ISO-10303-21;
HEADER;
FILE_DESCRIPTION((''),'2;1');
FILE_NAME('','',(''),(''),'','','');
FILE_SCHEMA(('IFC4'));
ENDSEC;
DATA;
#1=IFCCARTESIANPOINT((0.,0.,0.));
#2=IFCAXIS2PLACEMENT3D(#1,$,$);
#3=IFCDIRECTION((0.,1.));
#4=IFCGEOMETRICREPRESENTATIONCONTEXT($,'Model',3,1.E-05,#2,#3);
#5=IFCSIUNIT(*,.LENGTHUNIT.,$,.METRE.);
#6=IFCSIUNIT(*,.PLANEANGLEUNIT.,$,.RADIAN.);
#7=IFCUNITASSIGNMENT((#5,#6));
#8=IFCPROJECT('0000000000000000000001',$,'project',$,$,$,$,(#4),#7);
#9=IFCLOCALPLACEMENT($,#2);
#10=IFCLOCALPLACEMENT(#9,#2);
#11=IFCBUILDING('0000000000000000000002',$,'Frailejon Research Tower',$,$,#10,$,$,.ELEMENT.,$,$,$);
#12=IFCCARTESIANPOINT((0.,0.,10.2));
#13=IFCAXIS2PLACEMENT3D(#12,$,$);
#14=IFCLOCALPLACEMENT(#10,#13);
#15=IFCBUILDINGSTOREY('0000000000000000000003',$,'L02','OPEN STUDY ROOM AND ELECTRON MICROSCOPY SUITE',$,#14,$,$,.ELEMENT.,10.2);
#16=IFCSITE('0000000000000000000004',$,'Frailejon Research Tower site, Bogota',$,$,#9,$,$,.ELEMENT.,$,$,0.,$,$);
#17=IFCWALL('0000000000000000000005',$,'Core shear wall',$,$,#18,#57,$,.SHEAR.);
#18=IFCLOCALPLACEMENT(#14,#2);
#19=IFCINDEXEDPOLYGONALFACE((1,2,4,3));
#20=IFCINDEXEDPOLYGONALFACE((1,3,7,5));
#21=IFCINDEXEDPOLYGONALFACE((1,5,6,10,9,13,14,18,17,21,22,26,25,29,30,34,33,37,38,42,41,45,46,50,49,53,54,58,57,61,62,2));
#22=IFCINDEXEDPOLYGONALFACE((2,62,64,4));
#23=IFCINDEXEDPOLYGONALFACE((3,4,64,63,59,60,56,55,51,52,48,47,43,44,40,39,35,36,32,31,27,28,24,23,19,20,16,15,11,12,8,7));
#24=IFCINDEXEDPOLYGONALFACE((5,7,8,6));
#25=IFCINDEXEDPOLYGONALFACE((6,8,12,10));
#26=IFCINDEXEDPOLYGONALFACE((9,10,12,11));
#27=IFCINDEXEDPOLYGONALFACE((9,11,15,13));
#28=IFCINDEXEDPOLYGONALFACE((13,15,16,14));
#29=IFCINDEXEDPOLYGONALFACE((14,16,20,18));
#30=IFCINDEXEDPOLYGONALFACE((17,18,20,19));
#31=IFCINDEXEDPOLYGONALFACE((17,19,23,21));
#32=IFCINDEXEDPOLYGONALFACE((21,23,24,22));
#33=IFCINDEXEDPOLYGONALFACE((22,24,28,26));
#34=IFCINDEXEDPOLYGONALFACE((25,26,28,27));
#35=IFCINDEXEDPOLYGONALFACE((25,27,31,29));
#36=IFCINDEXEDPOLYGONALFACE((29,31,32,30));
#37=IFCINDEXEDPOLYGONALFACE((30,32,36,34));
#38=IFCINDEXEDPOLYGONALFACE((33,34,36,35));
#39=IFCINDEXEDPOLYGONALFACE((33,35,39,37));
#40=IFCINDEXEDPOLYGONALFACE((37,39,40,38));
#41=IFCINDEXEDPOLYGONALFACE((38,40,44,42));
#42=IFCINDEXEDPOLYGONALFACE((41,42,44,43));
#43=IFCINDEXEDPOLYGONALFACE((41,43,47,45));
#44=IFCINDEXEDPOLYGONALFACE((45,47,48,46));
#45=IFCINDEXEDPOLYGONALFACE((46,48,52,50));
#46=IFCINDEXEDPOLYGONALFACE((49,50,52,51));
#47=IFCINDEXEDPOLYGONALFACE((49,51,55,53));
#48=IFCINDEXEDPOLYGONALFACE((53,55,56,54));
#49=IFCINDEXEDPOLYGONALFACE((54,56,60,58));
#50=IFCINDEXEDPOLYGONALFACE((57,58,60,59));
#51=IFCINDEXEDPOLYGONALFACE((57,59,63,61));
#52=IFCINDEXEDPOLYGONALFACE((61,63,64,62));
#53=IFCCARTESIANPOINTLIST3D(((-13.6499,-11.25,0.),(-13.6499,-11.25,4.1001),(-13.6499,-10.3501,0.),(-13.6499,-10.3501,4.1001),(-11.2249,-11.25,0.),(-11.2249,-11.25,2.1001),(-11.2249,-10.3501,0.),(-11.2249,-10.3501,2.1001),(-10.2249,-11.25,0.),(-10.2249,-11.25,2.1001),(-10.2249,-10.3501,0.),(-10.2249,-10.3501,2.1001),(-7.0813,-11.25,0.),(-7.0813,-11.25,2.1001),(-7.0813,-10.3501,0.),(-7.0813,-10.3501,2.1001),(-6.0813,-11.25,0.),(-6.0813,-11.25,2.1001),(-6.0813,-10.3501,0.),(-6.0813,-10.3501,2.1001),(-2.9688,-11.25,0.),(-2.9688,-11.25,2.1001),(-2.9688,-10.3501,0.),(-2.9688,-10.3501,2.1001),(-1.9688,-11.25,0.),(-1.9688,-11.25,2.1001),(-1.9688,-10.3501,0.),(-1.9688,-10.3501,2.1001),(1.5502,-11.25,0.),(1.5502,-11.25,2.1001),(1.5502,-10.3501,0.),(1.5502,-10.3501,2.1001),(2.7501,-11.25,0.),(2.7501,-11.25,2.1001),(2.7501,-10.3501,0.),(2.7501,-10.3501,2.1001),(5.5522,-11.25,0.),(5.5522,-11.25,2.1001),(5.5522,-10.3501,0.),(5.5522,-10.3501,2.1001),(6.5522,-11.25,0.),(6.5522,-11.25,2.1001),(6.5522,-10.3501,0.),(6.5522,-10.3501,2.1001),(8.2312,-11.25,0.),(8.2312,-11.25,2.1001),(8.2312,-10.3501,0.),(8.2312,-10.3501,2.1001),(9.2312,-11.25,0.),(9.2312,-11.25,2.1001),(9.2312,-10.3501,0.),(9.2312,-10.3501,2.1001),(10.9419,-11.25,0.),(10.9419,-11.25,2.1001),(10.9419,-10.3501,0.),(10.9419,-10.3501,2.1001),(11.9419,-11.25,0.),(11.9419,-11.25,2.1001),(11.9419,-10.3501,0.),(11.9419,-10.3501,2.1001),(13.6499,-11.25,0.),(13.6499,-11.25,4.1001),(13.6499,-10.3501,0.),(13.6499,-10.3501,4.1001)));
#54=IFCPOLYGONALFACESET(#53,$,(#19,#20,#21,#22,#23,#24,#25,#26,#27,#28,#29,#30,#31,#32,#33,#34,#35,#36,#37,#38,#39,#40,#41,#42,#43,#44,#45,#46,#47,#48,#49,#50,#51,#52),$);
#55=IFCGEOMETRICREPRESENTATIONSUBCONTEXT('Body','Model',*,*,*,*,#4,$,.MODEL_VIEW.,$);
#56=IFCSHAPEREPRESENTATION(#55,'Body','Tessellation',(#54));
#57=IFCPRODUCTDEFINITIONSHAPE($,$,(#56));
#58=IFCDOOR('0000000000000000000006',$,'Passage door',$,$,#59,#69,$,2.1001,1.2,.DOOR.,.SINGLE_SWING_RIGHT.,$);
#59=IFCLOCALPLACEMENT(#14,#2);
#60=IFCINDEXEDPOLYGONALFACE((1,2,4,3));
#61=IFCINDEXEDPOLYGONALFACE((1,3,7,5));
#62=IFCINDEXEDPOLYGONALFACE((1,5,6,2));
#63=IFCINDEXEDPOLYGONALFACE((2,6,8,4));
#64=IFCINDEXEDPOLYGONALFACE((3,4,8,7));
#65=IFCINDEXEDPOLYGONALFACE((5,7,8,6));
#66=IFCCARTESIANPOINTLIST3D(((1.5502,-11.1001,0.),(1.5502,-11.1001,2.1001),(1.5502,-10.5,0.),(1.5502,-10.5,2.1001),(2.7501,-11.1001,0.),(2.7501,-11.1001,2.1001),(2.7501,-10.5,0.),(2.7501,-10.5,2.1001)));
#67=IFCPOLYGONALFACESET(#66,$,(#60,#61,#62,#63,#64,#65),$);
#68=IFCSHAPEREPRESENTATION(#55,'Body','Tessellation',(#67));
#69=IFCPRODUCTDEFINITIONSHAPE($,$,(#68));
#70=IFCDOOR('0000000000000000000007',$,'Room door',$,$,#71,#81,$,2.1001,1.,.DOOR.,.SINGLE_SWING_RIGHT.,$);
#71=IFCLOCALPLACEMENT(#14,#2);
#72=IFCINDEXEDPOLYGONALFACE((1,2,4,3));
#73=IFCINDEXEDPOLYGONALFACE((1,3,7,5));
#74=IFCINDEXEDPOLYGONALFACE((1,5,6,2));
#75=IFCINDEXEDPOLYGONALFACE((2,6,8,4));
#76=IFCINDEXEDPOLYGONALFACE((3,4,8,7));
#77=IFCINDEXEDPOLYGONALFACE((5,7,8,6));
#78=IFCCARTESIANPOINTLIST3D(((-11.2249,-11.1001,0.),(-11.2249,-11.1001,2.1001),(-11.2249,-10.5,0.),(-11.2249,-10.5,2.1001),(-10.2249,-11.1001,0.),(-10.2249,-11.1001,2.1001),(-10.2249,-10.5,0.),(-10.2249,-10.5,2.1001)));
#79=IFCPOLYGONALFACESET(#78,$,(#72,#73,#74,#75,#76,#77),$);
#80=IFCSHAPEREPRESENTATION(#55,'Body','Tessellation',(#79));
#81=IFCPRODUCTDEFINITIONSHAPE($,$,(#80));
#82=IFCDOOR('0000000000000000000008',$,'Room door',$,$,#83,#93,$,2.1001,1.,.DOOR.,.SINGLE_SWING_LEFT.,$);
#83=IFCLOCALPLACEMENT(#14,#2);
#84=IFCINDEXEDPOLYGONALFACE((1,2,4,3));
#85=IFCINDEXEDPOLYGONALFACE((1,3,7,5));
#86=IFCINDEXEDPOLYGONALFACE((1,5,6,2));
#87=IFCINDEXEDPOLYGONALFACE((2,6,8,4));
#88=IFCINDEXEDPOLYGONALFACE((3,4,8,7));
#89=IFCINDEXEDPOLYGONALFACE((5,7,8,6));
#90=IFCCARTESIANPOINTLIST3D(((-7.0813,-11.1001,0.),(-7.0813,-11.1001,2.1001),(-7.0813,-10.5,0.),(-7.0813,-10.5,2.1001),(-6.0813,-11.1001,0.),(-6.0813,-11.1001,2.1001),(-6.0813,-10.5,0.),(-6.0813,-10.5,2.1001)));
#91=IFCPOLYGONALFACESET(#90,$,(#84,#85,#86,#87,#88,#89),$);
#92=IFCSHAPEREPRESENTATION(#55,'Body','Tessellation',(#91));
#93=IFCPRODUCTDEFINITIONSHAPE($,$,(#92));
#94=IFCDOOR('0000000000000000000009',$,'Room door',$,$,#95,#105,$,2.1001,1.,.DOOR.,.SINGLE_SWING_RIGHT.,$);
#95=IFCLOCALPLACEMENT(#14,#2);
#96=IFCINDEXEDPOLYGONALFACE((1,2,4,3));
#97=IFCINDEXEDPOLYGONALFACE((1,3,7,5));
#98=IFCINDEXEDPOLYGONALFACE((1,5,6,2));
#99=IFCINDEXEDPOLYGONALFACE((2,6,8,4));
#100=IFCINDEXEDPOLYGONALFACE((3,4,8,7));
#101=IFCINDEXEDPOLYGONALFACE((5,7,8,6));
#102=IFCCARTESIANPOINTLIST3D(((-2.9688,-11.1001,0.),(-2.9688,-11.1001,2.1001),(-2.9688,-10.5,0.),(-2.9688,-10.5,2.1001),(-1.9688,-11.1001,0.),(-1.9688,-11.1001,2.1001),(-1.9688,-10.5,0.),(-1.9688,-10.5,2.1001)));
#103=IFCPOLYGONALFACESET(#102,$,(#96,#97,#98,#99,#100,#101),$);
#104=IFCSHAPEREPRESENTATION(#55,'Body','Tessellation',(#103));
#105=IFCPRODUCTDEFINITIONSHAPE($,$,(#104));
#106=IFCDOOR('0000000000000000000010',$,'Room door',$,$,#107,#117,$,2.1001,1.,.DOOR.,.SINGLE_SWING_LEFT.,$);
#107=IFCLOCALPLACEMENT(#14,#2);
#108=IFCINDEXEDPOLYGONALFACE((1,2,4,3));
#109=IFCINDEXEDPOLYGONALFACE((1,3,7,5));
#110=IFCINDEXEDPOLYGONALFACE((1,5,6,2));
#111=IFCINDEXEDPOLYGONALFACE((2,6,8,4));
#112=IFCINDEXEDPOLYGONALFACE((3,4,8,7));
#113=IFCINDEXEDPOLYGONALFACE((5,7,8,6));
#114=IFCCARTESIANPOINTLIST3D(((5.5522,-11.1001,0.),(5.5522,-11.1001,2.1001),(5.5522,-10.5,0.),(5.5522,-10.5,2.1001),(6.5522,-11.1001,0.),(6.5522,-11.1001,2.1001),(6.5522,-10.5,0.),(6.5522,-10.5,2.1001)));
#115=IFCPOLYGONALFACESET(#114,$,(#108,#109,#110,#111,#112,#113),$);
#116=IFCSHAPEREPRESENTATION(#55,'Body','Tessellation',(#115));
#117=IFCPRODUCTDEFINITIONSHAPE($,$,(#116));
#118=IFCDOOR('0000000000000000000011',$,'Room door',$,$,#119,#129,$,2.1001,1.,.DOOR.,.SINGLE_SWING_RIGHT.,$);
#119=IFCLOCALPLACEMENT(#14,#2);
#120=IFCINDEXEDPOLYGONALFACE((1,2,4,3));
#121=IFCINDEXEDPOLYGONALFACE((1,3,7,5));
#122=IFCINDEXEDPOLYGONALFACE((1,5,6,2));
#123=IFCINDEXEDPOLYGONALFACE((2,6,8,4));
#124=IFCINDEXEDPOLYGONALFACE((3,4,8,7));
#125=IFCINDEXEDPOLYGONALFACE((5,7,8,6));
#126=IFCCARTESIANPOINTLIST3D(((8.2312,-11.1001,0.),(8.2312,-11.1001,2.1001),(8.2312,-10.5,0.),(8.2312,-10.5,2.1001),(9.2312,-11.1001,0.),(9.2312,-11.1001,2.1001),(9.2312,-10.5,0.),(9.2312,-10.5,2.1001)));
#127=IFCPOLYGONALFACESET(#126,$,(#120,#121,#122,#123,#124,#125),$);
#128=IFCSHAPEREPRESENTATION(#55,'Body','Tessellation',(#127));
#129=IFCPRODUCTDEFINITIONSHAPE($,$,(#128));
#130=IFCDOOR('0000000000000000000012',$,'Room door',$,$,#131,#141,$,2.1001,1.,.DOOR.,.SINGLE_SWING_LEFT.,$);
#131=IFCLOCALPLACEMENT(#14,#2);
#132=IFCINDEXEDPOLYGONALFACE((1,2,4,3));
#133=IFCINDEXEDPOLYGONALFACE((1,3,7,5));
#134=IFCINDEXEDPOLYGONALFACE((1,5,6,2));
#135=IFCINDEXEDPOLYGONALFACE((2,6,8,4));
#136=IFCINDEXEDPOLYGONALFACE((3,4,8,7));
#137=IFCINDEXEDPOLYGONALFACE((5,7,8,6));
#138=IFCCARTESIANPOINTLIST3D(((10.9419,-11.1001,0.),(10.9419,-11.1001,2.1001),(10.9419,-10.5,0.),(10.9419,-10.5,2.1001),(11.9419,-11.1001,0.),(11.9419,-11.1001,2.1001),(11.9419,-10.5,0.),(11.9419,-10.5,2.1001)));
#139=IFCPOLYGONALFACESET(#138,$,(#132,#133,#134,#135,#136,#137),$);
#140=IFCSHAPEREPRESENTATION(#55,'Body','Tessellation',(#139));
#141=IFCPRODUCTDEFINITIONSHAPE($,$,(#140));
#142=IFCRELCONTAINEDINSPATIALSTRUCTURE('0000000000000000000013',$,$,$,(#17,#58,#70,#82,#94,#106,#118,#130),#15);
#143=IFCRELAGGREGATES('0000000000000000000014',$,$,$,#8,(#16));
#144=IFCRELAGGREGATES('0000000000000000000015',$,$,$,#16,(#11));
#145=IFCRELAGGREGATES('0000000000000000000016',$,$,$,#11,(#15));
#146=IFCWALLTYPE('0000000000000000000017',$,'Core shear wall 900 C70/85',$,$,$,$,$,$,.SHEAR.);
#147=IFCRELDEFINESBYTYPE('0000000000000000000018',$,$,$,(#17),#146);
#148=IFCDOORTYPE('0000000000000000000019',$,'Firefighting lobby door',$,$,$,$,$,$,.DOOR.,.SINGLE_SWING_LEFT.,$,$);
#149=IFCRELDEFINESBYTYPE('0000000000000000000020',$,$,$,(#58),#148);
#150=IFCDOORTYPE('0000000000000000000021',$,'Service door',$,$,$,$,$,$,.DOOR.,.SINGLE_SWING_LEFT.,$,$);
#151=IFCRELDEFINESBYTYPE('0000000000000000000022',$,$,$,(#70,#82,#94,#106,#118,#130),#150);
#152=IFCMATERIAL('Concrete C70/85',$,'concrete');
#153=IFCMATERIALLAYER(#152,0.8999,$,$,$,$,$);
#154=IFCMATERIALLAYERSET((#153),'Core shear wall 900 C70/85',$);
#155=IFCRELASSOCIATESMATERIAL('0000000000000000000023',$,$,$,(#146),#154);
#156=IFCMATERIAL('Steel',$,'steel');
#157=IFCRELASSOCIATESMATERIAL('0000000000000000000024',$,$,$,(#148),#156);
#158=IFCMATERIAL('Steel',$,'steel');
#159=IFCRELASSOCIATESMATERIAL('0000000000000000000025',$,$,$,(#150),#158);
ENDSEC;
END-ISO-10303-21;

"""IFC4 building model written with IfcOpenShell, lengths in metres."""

from ifc_helpers import new_model, si_unit, direction, frame, frame_2d, origin, place, context, subcontext, project, spatial, rectangle, extrude, material, layer, layer_set, type_object, element, fill, save


model = new_model("IFC4")

# Units and contexts
model_context = context("Model", 3, precision=1e-05, world=origin(), true_north=direction((0.0, 1.0)))
body_context = subcontext(model_context, "Body", "Model", "MODEL_VIEW")
ifc_project = project(units=[si_unit("LENGTHUNIT", "METRE"), si_unit("PLANEANGLEUNIT", "RADIAN")], contexts=[model_context])

# Site, building, storey
site_placement = place(None, origin())
site = spatial("IfcSite", under=ifc_project, at=site_placement, Name="Frailejon Research Tower site, Bogota", CompositionType="ELEMENT", RefElevation=0.0)
building_placement = place(site_placement, origin())
building = spatial("IfcBuilding", under=site, at=building_placement, Name="Frailejon Research Tower", CompositionType="ELEMENT")
storey_placement = place(building_placement, frame((0.0, 0.0, 10.2)))
storey = spatial("IfcBuildingStorey", under=building, at=storey_placement, Name="L02", Description="OPEN STUDY ROOM AND ELECTRON MICROSCOPY SUITE", CompositionType="ELEMENT", Elevation=10.2)

# Wall, openings, doors
ifc_material_1 = material(Name="Concrete C70/85", Category="concrete")
ifc_layer_1 = layer(ifc_material_1, 0.8999)
ifc_layer_set_1 = layer_set([ifc_layer_1], Name="Core shear wall 900 C70/85")
wall_type_1 = type_object("IfcWallType", Name="Core shear wall 900 C70/85", PredefinedType="SHEAR", material=ifc_layer_set_1)
wall_1_placement = place(storey_placement, frame((-13.6499, -10.8, 0.0), z_axis=(0.0, 0.0, 1.0), x_axis=(1.0, 0.0, 0.0)))
wall_1 = element("IfcWall", 1, at=wall_1_placement, inside=storey, type_object=wall_type_1, Name="Core shear wall", PredefinedType="SHEAR", context=body_context, shape_type="SweptSolid", body=[
    extrude(rectangle(XDim=27.2998, YDim=0.8999, at=frame_2d((13.6499, 0.0))), origin(), (0.0, 0.0, 1.0), 4.1001),
])
opening_1_placement = place(wall_1_placement, frame((2.425, 0.0, 0.0)))
opening_1 = element("IfcOpeningElement", 2, at=opening_1_placement, cuts=wall_1, PredefinedType="OPENING", context=body_context, shape_type="SweptSolid", body=[
    extrude(rectangle(XDim=1.0, YDim=2.1001, at=frame_2d((0.5, 1.05))), frame((0.0, 0.46, 0.0), z_axis=(0.0, -1.0, 0.0), x_axis=(1.0, 0.0, 0.0)), (0.0, 0.0, 1.0), 0.9199),
])
opening_2_placement = place(wall_1_placement, frame((6.5686, 0.0, 0.0)))
opening_2 = element("IfcOpeningElement", 3, at=opening_2_placement, cuts=wall_1, PredefinedType="OPENING", context=body_context, shape_type="SweptSolid", body=[
    extrude(rectangle(XDim=1.0, YDim=2.1001, at=frame_2d((0.5, 1.05))), frame((0.0, 0.46, 0.0), z_axis=(0.0, -1.0, 0.0), x_axis=(1.0, 0.0, 0.0)), (0.0, 0.0, 1.0), 0.9199),
])
opening_3_placement = place(wall_1_placement, frame((10.6812, 0.0, 0.0)))
opening_3 = element("IfcOpeningElement", 4, at=opening_3_placement, cuts=wall_1, PredefinedType="OPENING", context=body_context, shape_type="SweptSolid", body=[
    extrude(rectangle(XDim=1.0, YDim=2.1001, at=frame_2d((0.5, 1.05))), frame((0.0, 0.46, 0.0), z_axis=(0.0, -1.0, 0.0), x_axis=(1.0, 0.0, 0.0)), (0.0, 0.0, 1.0), 0.9199),
])
opening_4_placement = place(wall_1_placement, frame((19.2021, 0.0, 0.0)))
opening_4 = element("IfcOpeningElement", 5, at=opening_4_placement, cuts=wall_1, PredefinedType="OPENING", context=body_context, shape_type="SweptSolid", body=[
    extrude(rectangle(XDim=1.0, YDim=2.1001, at=frame_2d((0.5, 1.05))), frame((0.0, 0.46, 0.0), z_axis=(0.0, -1.0, 0.0), x_axis=(1.0, 0.0, 0.0)), (0.0, 0.0, 1.0), 0.9199),
])
opening_5_placement = place(wall_1_placement, frame((21.8811, 0.0, 0.0)))
opening_5 = element("IfcOpeningElement", 6, at=opening_5_placement, cuts=wall_1, PredefinedType="OPENING", context=body_context, shape_type="SweptSolid", body=[
    extrude(rectangle(XDim=1.0, YDim=2.1001, at=frame_2d((0.5, 1.05))), frame((0.0, 0.46, 0.0), z_axis=(0.0, -1.0, 0.0), x_axis=(1.0, 0.0, 0.0)), (0.0, 0.0, 1.0), 0.9199),
])
opening_6_placement = place(wall_1_placement, frame((24.5918, 0.0, 0.0)))
opening_6 = element("IfcOpeningElement", 7, at=opening_6_placement, cuts=wall_1, PredefinedType="OPENING", context=body_context, shape_type="SweptSolid", body=[
    extrude(rectangle(XDim=1.0, YDim=2.1001, at=frame_2d((0.5, 1.05))), frame((0.0, 0.46, 0.0), z_axis=(0.0, -1.0, 0.0), x_axis=(1.0, 0.0, 0.0)), (0.0, 0.0, 1.0), 0.9199),
])
opening_7_placement = place(wall_1_placement, frame((15.2, 0.0, 0.0)))
opening_7 = element("IfcOpeningElement", 8, at=opening_7_placement, cuts=wall_1, PredefinedType="OPENING", context=body_context, shape_type="SweptSolid", body=[
    extrude(rectangle(XDim=1.2, YDim=2.1001, at=frame_2d((0.6001, 1.05))), frame((0.0, 0.46, 0.0), z_axis=(0.0, -1.0, 0.0), x_axis=(1.0, 0.0, 0.0)), (0.0, 0.0, 1.0), 0.9199),
])
ifc_material_2 = material(Name="Steel", Category="steel")
door_type_1 = type_object("IfcDoorType", Name="Firefighting lobby door", OperationType="SINGLE_SWING_LEFT", PredefinedType="DOOR", material=ifc_material_2)
door_1_placement = place(opening_7_placement, origin())
door_1 = element("IfcDoor", 9, at=door_1_placement, inside=storey, type_object=door_type_1, Name="Passage door", OperationType="SINGLE_SWING_RIGHT", OverallHeight=2.1001, OverallWidth=1.2, PredefinedType="DOOR", context=body_context, shape_type="SweptSolid", body=[
    extrude(rectangle(XDim=1.2, YDim=2.1001, at=frame_2d((0.6001, 1.05))), frame((0.0, 0.3, 0.0), z_axis=(0.0, -1.0, 0.0), x_axis=(1.0, 0.0, 0.0)), (0.0, 0.0, 1.0), 0.6001),
])
fill(opening_7, door_1)
ifc_material_3 = material(Name="Steel", Category="steel")
door_type_2 = type_object("IfcDoorType", Name="Service door", OperationType="SINGLE_SWING_LEFT", PredefinedType="DOOR", material=ifc_material_3)
door_2_placement = place(opening_1_placement, origin())
door_2 = element("IfcDoor", 10, at=door_2_placement, inside=storey, type_object=door_type_2, Name="Room door", OperationType="SINGLE_SWING_RIGHT", OverallHeight=2.1001, OverallWidth=1.0, PredefinedType="DOOR", context=body_context, shape_type="SweptSolid", body=[
    extrude(rectangle(XDim=1.0, YDim=2.1001, at=frame_2d((0.5, 1.05))), frame((0.0, 0.3, 0.0), z_axis=(0.0, -1.0, 0.0), x_axis=(1.0, 0.0, 0.0)), (0.0, 0.0, 1.0), 0.6001),
])
fill(opening_1, door_2)
door_3_placement = place(opening_2_placement, origin())
door_3 = element("IfcDoor", 11, at=door_3_placement, inside=storey, type_object=door_type_2, Name="Room door", OperationType="SINGLE_SWING_LEFT", OverallHeight=2.1001, OverallWidth=1.0, PredefinedType="DOOR", context=body_context, shape_type="SweptSolid", body=[
    extrude(rectangle(XDim=1.0, YDim=2.1001, at=frame_2d((0.5, 1.05))), frame((0.0, 0.3, 0.0), z_axis=(0.0, -1.0, 0.0), x_axis=(1.0, 0.0, 0.0)), (0.0, 0.0, 1.0), 0.6001),
])
fill(opening_2, door_3)
door_4_placement = place(opening_3_placement, origin())
door_4 = element("IfcDoor", 12, at=door_4_placement, inside=storey, type_object=door_type_2, Name="Room door", OperationType="SINGLE_SWING_RIGHT", OverallHeight=2.1001, OverallWidth=1.0, PredefinedType="DOOR", context=body_context, shape_type="SweptSolid", body=[
    extrude(rectangle(XDim=1.0, YDim=2.1001, at=frame_2d((0.5, 1.05))), frame((0.0, 0.3, 0.0), z_axis=(0.0, -1.0, 0.0), x_axis=(1.0, 0.0, 0.0)), (0.0, 0.0, 1.0), 0.6001),
])
fill(opening_3, door_4)
door_5_placement = place(opening_4_placement, origin())
door_5 = element("IfcDoor", 13, at=door_5_placement, inside=storey, type_object=door_type_2, Name="Room door", OperationType="SINGLE_SWING_LEFT", OverallHeight=2.1001, OverallWidth=1.0, PredefinedType="DOOR", context=body_context, shape_type="SweptSolid", body=[
    extrude(rectangle(XDim=1.0, YDim=2.1001, at=frame_2d((0.5, 1.05))), frame((0.0, 0.3, 0.0), z_axis=(0.0, -1.0, 0.0), x_axis=(1.0, 0.0, 0.0)), (0.0, 0.0, 1.0), 0.6001),
])
fill(opening_4, door_5)
door_6_placement = place(opening_5_placement, origin())
door_6 = element("IfcDoor", 14, at=door_6_placement, inside=storey, type_object=door_type_2, Name="Room door", OperationType="SINGLE_SWING_RIGHT", OverallHeight=2.1001, OverallWidth=1.0, PredefinedType="DOOR", context=body_context, shape_type="SweptSolid", body=[
    extrude(rectangle(XDim=1.0, YDim=2.1001, at=frame_2d((0.5, 1.05))), frame((0.0, 0.3, 0.0), z_axis=(0.0, -1.0, 0.0), x_axis=(1.0, 0.0, 0.0)), (0.0, 0.0, 1.0), 0.6001),
])
fill(opening_5, door_6)
door_7_placement = place(opening_6_placement, origin())
door_7 = element("IfcDoor", 15, at=door_7_placement, inside=storey, type_object=door_type_2, Name="Room door", OperationType="SINGLE_SWING_LEFT", OverallHeight=2.1001, OverallWidth=1.0, PredefinedType="DOOR", context=body_context, shape_type="SweptSolid", body=[
    extrude(rectangle(XDim=1.0, YDim=2.1001, at=frame_2d((0.5, 1.05))), frame((0.0, 0.3, 0.0), z_axis=(0.0, -1.0, 0.0), x_axis=(1.0, 0.0, 0.0)), (0.0, 0.0, 1.0), 0.6001),
])
fill(opening_6, door_7)

save(model, "model.ifc")
